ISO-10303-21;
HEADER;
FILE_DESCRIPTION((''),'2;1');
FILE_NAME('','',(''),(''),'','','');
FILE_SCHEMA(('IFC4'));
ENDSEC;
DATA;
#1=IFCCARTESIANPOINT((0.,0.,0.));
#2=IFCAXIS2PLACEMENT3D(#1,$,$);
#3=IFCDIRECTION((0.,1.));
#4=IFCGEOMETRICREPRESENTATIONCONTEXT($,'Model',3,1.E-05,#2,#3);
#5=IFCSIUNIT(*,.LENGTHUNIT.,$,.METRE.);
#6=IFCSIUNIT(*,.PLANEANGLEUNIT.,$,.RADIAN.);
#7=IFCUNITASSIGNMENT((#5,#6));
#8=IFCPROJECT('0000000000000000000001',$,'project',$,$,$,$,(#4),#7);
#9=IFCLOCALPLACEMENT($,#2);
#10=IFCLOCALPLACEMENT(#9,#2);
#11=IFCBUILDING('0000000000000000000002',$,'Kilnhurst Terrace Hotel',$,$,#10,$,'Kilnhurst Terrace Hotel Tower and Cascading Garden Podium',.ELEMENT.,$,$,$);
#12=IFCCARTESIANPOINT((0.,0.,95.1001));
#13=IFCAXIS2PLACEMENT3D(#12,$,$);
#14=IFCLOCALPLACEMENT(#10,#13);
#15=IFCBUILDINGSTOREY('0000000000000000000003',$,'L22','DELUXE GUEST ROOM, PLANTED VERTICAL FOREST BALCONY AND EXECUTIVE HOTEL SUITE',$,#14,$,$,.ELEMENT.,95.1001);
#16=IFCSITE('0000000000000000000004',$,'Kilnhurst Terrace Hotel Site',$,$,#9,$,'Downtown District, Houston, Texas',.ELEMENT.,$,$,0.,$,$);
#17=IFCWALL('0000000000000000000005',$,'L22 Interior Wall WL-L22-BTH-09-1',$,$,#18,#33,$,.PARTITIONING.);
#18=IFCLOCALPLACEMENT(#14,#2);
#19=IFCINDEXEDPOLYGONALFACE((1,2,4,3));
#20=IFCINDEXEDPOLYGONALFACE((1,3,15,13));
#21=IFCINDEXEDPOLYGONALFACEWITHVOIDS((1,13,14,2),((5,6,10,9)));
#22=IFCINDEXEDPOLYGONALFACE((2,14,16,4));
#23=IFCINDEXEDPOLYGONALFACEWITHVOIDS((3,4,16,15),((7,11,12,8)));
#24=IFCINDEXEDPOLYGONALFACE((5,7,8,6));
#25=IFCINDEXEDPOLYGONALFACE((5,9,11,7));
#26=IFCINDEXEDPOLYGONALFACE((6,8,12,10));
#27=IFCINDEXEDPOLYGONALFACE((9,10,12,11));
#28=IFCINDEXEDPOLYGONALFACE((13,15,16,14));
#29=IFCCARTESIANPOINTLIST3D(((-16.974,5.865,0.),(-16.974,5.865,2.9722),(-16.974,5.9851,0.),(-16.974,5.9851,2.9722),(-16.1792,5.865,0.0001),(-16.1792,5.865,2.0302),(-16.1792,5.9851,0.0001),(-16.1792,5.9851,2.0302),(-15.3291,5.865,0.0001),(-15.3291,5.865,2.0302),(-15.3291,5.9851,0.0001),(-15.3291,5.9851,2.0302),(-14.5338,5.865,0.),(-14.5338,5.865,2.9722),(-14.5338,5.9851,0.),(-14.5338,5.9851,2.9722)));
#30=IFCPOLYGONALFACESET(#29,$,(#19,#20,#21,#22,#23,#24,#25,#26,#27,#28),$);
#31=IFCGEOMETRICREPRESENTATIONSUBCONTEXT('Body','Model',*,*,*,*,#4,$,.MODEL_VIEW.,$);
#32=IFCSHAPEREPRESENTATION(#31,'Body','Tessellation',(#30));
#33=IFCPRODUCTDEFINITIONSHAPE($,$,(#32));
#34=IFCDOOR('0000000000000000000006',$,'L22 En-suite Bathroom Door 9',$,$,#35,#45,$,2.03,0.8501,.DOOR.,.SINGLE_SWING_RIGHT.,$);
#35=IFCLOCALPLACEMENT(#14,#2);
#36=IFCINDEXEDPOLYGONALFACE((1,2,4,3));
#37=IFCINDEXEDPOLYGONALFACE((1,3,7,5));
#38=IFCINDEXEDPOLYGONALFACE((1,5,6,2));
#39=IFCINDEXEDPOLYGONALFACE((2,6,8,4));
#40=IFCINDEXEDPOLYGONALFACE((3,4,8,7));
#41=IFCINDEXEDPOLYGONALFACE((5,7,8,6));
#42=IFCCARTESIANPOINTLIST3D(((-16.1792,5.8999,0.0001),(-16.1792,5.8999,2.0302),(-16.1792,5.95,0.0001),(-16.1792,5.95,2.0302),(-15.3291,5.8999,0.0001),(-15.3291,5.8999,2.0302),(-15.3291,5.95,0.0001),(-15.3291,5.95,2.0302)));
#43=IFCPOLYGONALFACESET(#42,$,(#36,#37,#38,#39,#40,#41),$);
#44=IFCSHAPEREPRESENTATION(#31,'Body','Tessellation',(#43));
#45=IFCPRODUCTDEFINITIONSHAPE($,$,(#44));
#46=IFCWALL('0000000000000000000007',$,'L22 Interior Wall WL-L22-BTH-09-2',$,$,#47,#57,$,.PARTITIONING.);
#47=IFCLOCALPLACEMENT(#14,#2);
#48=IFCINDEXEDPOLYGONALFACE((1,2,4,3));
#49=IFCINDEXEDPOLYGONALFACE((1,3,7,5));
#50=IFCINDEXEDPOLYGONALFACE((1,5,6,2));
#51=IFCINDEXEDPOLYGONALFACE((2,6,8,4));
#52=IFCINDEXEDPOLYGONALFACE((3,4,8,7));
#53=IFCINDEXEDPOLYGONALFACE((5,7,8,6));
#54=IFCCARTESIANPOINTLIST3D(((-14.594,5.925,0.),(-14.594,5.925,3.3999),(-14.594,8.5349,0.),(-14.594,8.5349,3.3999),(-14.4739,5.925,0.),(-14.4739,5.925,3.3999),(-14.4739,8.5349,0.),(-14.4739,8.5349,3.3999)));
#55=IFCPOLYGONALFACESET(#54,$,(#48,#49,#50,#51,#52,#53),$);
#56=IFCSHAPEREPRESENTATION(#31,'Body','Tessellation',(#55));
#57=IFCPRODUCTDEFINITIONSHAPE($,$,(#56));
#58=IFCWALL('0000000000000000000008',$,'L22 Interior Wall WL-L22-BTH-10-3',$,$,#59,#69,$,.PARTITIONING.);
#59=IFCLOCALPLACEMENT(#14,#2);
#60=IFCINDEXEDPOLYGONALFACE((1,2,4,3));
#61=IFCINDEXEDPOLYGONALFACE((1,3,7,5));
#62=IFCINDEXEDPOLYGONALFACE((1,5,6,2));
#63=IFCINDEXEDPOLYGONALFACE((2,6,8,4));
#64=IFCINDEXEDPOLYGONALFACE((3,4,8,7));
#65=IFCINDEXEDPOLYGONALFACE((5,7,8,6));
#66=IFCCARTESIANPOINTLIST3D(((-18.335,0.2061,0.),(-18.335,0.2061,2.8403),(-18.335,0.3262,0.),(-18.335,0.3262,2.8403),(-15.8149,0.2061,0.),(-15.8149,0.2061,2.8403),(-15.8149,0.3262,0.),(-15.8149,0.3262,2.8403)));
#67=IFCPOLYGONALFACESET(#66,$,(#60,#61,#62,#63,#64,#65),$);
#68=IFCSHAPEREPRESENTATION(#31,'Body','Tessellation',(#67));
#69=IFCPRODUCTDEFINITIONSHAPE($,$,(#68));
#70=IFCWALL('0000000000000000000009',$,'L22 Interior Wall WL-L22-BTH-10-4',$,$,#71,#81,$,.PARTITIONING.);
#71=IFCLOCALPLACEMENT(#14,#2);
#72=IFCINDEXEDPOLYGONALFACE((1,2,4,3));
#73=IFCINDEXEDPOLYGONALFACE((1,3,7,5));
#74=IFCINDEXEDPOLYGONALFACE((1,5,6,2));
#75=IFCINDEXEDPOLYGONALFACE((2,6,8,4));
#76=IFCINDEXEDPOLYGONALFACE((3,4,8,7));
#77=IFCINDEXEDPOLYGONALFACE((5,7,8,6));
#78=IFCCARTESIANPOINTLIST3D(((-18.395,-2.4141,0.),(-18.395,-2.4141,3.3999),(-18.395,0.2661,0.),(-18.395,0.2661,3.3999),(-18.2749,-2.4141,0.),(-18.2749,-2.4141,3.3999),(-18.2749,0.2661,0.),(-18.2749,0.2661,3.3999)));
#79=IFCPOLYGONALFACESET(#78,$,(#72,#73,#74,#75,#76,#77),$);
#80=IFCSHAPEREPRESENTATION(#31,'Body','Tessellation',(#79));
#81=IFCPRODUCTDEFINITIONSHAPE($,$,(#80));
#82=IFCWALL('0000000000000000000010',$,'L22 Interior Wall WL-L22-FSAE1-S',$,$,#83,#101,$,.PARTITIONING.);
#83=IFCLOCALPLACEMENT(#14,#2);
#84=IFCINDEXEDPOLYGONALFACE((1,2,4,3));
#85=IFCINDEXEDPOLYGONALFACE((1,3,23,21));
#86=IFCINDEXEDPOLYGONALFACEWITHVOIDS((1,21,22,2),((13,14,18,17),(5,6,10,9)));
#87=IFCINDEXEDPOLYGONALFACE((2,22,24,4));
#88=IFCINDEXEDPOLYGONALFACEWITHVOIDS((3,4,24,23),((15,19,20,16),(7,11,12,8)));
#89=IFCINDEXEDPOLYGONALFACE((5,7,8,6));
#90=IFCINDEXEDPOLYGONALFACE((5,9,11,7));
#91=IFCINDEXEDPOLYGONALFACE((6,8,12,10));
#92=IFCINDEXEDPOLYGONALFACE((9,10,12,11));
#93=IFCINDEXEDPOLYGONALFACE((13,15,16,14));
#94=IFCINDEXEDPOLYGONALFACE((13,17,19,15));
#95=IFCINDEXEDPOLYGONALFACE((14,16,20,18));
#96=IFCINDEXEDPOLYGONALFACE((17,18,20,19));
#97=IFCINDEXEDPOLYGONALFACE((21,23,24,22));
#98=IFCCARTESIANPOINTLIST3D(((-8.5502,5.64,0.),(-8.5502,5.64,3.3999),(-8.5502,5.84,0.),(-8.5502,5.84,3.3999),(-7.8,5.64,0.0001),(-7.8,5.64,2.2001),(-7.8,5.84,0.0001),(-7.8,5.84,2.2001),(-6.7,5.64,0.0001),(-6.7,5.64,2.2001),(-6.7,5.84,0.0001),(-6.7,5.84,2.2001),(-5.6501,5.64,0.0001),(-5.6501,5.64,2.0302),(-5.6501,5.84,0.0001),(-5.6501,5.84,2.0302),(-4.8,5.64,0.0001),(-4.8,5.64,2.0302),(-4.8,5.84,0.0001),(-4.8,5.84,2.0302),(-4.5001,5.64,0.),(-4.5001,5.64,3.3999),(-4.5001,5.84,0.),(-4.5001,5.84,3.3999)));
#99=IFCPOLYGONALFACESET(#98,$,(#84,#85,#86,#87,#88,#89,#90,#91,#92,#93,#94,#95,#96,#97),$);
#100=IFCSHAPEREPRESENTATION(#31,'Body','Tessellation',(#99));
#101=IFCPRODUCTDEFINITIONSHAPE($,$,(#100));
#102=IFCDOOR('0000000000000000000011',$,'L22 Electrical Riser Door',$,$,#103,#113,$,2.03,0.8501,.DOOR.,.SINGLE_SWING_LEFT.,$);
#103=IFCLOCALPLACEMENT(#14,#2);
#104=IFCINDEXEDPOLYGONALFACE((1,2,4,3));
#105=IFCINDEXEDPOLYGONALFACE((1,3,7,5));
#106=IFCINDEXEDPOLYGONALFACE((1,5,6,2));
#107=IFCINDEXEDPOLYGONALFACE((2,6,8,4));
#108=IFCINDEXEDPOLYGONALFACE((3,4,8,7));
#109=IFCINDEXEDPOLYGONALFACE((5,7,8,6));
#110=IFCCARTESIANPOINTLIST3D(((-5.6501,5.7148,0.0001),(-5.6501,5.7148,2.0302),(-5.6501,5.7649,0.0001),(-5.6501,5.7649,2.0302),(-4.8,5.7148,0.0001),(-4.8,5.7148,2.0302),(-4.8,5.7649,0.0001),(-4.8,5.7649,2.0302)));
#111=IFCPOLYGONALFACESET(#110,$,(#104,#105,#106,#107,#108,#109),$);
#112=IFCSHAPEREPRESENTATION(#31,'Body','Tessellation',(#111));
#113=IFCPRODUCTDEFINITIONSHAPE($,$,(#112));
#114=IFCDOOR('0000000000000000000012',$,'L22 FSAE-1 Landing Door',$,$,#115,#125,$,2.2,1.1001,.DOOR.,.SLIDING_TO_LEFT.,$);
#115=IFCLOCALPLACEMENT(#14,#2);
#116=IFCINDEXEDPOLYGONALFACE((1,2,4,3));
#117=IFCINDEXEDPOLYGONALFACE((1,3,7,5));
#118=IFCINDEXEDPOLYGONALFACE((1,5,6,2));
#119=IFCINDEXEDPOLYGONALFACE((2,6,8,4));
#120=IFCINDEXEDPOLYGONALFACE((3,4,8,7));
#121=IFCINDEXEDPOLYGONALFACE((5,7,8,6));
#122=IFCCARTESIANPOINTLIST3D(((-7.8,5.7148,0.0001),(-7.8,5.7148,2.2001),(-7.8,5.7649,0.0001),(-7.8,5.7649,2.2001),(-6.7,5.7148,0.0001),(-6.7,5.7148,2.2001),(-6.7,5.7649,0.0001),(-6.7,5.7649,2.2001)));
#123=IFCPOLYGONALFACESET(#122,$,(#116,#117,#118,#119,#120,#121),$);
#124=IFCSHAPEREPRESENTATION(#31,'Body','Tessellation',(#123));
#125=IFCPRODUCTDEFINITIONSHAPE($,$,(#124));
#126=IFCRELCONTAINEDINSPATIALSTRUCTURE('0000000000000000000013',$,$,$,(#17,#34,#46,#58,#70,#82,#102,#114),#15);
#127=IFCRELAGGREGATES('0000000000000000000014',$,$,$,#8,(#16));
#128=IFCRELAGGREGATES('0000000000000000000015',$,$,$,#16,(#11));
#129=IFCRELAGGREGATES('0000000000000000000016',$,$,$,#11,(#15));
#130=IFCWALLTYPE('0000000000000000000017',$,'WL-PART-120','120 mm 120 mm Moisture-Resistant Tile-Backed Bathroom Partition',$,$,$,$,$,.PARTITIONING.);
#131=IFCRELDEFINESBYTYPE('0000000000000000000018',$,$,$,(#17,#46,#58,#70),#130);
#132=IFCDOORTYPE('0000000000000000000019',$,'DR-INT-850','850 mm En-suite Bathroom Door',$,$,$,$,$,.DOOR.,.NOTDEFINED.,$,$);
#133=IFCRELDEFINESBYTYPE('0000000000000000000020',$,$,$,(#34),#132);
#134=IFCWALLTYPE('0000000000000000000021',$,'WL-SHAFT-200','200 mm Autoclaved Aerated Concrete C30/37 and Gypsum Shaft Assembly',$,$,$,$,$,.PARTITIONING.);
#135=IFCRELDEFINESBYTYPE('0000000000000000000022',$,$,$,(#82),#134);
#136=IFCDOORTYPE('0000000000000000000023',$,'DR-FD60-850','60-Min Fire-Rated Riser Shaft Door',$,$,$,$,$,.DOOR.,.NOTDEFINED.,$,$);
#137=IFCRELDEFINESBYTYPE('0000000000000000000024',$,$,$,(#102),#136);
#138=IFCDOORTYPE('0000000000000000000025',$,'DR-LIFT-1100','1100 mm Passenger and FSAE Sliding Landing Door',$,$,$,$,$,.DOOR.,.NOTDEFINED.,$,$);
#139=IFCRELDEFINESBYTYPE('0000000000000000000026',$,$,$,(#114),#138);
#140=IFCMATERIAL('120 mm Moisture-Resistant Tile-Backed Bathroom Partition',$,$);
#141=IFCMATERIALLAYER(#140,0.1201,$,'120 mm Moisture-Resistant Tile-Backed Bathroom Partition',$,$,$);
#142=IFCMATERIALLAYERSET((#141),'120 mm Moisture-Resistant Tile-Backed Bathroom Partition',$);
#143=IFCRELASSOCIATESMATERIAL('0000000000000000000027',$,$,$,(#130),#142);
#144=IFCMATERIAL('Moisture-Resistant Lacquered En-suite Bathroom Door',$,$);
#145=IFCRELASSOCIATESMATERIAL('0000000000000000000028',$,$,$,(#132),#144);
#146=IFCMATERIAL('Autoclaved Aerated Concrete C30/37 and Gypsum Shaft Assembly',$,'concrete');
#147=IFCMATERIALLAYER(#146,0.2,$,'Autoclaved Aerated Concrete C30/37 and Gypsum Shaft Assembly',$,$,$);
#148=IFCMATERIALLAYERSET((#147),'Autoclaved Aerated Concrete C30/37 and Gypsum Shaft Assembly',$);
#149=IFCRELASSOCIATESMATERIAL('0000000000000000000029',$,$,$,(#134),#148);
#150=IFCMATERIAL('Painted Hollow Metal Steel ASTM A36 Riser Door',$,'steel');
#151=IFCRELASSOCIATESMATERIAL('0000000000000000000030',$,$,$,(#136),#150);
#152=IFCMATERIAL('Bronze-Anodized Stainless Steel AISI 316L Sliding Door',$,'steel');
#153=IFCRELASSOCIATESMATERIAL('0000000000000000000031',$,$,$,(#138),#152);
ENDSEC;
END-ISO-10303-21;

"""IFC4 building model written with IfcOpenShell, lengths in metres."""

from ifc_helpers import new_model, si_unit, direction, frame, frame_2d, origin, place, context, subcontext, project, spatial, rectangle, extrude, material, layer, layer_set, type_object, element, fill, save


model = new_model("IFC4")

# Units and contexts
model_context = context("Model", 3, precision=1e-05, world=origin(), true_north=direction((0.0, 1.0)))
body_context = subcontext(model_context, "Body", "Model", "MODEL_VIEW")
ifc_project = project(units=[si_unit("LENGTHUNIT", "METRE"), si_unit("PLANEANGLEUNIT", "RADIAN")], contexts=[model_context])

# Site, building, storey
site_placement = place(None, origin())
site = spatial("IfcSite", under=ifc_project, at=site_placement, Name="Kilnhurst Terrace Hotel Site", LongName="Downtown District, Houston, Texas", CompositionType="ELEMENT", RefElevation=0.0)
building_placement = place(site_placement, origin())
building = spatial("IfcBuilding", under=site, at=building_placement, Name="Kilnhurst Terrace Hotel", LongName="Kilnhurst Terrace Hotel Tower and Cascading Garden Podium", CompositionType="ELEMENT")
storey_placement = place(building_placement, frame((0.0, 0.0, 95.1001)))
storey = spatial("IfcBuildingStorey", under=building, at=storey_placement, Name="L22", Description="DELUXE GUEST ROOM, PLANTED VERTICAL FOREST BALCONY AND EXECUTIVE HOTEL SUITE", CompositionType="ELEMENT", Elevation=95.1001)

# Wall, opening, door
ifc_material_1 = material(Name="120 mm Moisture-Resistant Tile-Backed Bathroom Partition")
ifc_layer_1 = layer(ifc_material_1, 0.1201, Name="120 mm Moisture-Resistant Tile-Backed Bathroom Partition")
ifc_layer_set_1 = layer_set([ifc_layer_1], Name="120 mm Moisture-Resistant Tile-Backed Bathroom Partition")
wall_type_1 = type_object("IfcWallType", Name="WL-PART-120", Description="120 mm 120 mm Moisture-Resistant Tile-Backed Bathroom Partition", PredefinedType="PARTITIONING", material=ifc_layer_set_1)
wall_1_placement = place(storey_placement, frame((-16.9741, 5.925, 0.0), z_axis=(0.0, 0.0, 1.0), x_axis=(1.0, 0.0, 0.0)))
wall_1 = element("IfcWall", 1, at=wall_1_placement, inside=storey, type_object=wall_type_1, Name="L22 Interior Wall WL-L22-BTH-09-1", PredefinedType="PARTITIONING", context=body_context, shape_type="SweptSolid", body=[
    extrude(rectangle(XDim=2.4402, YDim=0.1201, at=frame_2d((1.2202, 0.0))), origin(), (0.0, 0.0, 1.0), 2.9722),
])
opening_1_placement = place(wall_1_placement, frame((0.7949, 0.0, 0.0)))
opening_1 = element("IfcOpeningElement", 2, at=opening_1_placement, cuts=wall_1, PredefinedType="OPENING", context=body_context, shape_type="SweptSolid", body=[
    extrude(rectangle(XDim=0.8501, YDim=2.03, at=frame_2d((0.425, 1.0151))), frame((0.0, 0.0701, 0.0), z_axis=(0.0, -1.0, 0.0), x_axis=(1.0, 0.0, 0.0)), (0.0, 0.0, 1.0), 0.1401),
])
ifc_material_2 = material(Name="Moisture-Resistant Lacquered En-suite Bathroom Door")
door_type_1 = type_object("IfcDoorType", Name="DR-INT-850", Description="850 mm En-suite Bathroom Door", OperationType="NOTDEFINED", PredefinedType="DOOR", material=ifc_material_2)
door_1_placement = place(opening_1_placement, origin())
door_1 = element("IfcDoor", 3, at=door_1_placement, inside=storey, type_object=door_type_1, Name="L22 En-suite Bathroom Door 9", OperationType="SINGLE_SWING_RIGHT", OverallHeight=2.03, OverallWidth=0.8501, PredefinedType="DOOR", context=body_context, shape_type="SweptSolid", body=[
    extrude(rectangle(XDim=0.8501, YDim=2.03, at=frame_2d((0.425, 1.0151))), frame((0.0, 0.0249, 0.0), z_axis=(0.0, -1.0, 0.0), x_axis=(1.0, 0.0, 0.0)), (0.0, 0.0, 1.0), 0.05),
])
fill(opening_1, door_1)

# Walls
wall_2_placement = place(storey_placement, frame((-14.5339, 5.925, 0.0), z_axis=(0.0, 0.0, 1.0), x_axis=(0.0, 1.0, 0.0)))
element("IfcWall", 4, at=wall_2_placement, inside=storey, type_object=wall_type_1, Name="L22 Interior Wall WL-L22-BTH-09-2", PredefinedType="PARTITIONING", context=body_context, shape_type="SweptSolid", body=[
    extrude(rectangle(XDim=2.6099, YDim=0.1201, at=frame_2d((1.3049, 0.0))), origin(), (0.0, 0.0, 1.0), 3.3999),
])
wall_3_placement = place(storey_placement, frame((-15.8149, 0.2661, 0.0), z_axis=(0.0, 0.0, 1.0), x_axis=(-1.0, 0.0, 0.0)))
element("IfcWall", 5, at=wall_3_placement, inside=storey, type_object=wall_type_1, Name="L22 Interior Wall WL-L22-BTH-10-3", PredefinedType="PARTITIONING", context=body_context, shape_type="SweptSolid", body=[
    extrude(rectangle(XDim=2.52, YDim=0.1201, at=frame_2d((1.26, 0.0))), origin(), (0.0, 0.0, 1.0), 2.8403),
])
wall_4_placement = place(storey_placement, frame((-18.335, 0.2661, 0.0), z_axis=(0.0, 0.0, 1.0), x_axis=(0.0, -1.0, 0.0)))
element("IfcWall", 6, at=wall_4_placement, inside=storey, type_object=wall_type_1, Name="L22 Interior Wall WL-L22-BTH-10-4", PredefinedType="PARTITIONING", context=body_context, shape_type="SweptSolid", body=[
    extrude(rectangle(XDim=2.6802, YDim=0.1201, at=frame_2d((1.3401, 0.0))), origin(), (0.0, 0.0, 1.0), 3.3999),
])

# Wall, openings, doors
ifc_material_3 = material(Name="Autoclaved Aerated Concrete C30/37 and Gypsum Shaft Assembly", Category="concrete")
ifc_layer_2 = layer(ifc_material_3, 0.2, Name="Autoclaved Aerated Concrete C30/37 and Gypsum Shaft Assembly")
ifc_layer_set_2 = layer_set([ifc_layer_2], Name="Autoclaved Aerated Concrete C30/37 and Gypsum Shaft Assembly")
wall_type_2 = type_object("IfcWallType", Name="WL-SHAFT-200", Description="200 mm Autoclaved Aerated Concrete C30/37 and Gypsum Shaft Assembly", PredefinedType="PARTITIONING", material=ifc_layer_set_2)
wall_5_placement = place(storey_placement, frame((-8.55, 5.74, 0.0), z_axis=(0.0, 0.0, 1.0), x_axis=(1.0, 0.0, 0.0)))
wall_5 = element("IfcWall", 7, at=wall_5_placement, inside=storey, type_object=wall_type_2, Name="L22 Interior Wall WL-L22-FSAE1-S", PredefinedType="PARTITIONING", context=body_context, shape_type="SweptSolid", body=[
    extrude(rectangle(XDim=4.05, YDim=0.2, at=frame_2d((2.0249, 0.0))), origin(), (0.0, 0.0, 1.0), 3.3999),
])
opening_2_placement = place(wall_5_placement, frame((0.75, 0.0, 0.0)))
opening_2 = element("IfcOpeningElement", 8, at=opening_2_placement, cuts=wall_5, PredefinedType="OPENING", context=body_context, shape_type="SweptSolid", body=[
    extrude(rectangle(XDim=1.1001, YDim=2.2, at=frame_2d((0.55, 1.1001))), frame((0.0, 0.1099, 0.0), z_axis=(0.0, -1.0, 0.0), x_axis=(1.0, 0.0, 0.0)), (0.0, 0.0, 1.0), 0.22),
])
opening_3_placement = place(wall_5_placement, frame((2.8999, 0.0, 0.0)))
opening_3 = element("IfcOpeningElement", 9, at=opening_3_placement, cuts=wall_5, PredefinedType="OPENING", context=body_context, shape_type="SweptSolid", body=[
    extrude(rectangle(XDim=0.8501, YDim=2.03, at=frame_2d((0.425, 1.0151))), frame((0.0, 0.1099, 0.0), z_axis=(0.0, -1.0, 0.0), x_axis=(1.0, 0.0, 0.0)), (0.0, 0.0, 1.0), 0.22),
])
ifc_material_4 = material(Name="Painted Hollow Metal Steel ASTM A36 Riser Door", Category="steel")
door_type_2 = type_object("IfcDoorType", Name="DR-FD60-850", Description="60-Min Fire-Rated Riser Shaft Door", OperationType="NOTDEFINED", PredefinedType="DOOR", material=ifc_material_4)
door_2_placement = place(opening_3_placement, origin())
door_2 = element("IfcDoor", 10, at=door_2_placement, inside=storey, type_object=door_type_2, Name="L22 Electrical Riser Door", OperationType="SINGLE_SWING_LEFT", OverallHeight=2.03, OverallWidth=0.8501, PredefinedType="DOOR", context=body_context, shape_type="SweptSolid", body=[
    extrude(rectangle(XDim=0.8501, YDim=2.03, at=frame_2d((0.425, 1.0151))), frame((0.0, 0.0249, 0.0), z_axis=(0.0, -1.0, 0.0), x_axis=(1.0, 0.0, 0.0)), (0.0, 0.0, 1.0), 0.05),
])
fill(opening_3, door_2)
ifc_material_5 = material(Name="Bronze-Anodized Stainless Steel AISI 316L Sliding Door", Category="steel")
door_type_3 = type_object("IfcDoorType", Name="DR-LIFT-1100", Description="1100 mm Passenger and FSAE Sliding Landing Door", OperationType="NOTDEFINED", PredefinedType="DOOR", material=ifc_material_5)
door_3_placement = place(opening_2_placement, origin())
door_3 = element("IfcDoor", 11, at=door_3_placement, inside=storey, type_object=door_type_3, Name="L22 FSAE-1 Landing Door", OperationType="SLIDING_TO_LEFT", OverallHeight=2.2, OverallWidth=1.1001, PredefinedType="DOOR", context=body_context, shape_type="SweptSolid", body=[
    extrude(rectangle(XDim=1.1001, YDim=2.2, at=frame_2d((0.55, 1.1001))), frame((0.0, 0.0249, 0.0), z_axis=(0.0, -1.0, 0.0), x_axis=(1.0, 0.0, 0.0)), (0.0, 0.0, 1.0), 0.05),
])
fill(opening_2, door_3)

save(model, "model.ifc")
